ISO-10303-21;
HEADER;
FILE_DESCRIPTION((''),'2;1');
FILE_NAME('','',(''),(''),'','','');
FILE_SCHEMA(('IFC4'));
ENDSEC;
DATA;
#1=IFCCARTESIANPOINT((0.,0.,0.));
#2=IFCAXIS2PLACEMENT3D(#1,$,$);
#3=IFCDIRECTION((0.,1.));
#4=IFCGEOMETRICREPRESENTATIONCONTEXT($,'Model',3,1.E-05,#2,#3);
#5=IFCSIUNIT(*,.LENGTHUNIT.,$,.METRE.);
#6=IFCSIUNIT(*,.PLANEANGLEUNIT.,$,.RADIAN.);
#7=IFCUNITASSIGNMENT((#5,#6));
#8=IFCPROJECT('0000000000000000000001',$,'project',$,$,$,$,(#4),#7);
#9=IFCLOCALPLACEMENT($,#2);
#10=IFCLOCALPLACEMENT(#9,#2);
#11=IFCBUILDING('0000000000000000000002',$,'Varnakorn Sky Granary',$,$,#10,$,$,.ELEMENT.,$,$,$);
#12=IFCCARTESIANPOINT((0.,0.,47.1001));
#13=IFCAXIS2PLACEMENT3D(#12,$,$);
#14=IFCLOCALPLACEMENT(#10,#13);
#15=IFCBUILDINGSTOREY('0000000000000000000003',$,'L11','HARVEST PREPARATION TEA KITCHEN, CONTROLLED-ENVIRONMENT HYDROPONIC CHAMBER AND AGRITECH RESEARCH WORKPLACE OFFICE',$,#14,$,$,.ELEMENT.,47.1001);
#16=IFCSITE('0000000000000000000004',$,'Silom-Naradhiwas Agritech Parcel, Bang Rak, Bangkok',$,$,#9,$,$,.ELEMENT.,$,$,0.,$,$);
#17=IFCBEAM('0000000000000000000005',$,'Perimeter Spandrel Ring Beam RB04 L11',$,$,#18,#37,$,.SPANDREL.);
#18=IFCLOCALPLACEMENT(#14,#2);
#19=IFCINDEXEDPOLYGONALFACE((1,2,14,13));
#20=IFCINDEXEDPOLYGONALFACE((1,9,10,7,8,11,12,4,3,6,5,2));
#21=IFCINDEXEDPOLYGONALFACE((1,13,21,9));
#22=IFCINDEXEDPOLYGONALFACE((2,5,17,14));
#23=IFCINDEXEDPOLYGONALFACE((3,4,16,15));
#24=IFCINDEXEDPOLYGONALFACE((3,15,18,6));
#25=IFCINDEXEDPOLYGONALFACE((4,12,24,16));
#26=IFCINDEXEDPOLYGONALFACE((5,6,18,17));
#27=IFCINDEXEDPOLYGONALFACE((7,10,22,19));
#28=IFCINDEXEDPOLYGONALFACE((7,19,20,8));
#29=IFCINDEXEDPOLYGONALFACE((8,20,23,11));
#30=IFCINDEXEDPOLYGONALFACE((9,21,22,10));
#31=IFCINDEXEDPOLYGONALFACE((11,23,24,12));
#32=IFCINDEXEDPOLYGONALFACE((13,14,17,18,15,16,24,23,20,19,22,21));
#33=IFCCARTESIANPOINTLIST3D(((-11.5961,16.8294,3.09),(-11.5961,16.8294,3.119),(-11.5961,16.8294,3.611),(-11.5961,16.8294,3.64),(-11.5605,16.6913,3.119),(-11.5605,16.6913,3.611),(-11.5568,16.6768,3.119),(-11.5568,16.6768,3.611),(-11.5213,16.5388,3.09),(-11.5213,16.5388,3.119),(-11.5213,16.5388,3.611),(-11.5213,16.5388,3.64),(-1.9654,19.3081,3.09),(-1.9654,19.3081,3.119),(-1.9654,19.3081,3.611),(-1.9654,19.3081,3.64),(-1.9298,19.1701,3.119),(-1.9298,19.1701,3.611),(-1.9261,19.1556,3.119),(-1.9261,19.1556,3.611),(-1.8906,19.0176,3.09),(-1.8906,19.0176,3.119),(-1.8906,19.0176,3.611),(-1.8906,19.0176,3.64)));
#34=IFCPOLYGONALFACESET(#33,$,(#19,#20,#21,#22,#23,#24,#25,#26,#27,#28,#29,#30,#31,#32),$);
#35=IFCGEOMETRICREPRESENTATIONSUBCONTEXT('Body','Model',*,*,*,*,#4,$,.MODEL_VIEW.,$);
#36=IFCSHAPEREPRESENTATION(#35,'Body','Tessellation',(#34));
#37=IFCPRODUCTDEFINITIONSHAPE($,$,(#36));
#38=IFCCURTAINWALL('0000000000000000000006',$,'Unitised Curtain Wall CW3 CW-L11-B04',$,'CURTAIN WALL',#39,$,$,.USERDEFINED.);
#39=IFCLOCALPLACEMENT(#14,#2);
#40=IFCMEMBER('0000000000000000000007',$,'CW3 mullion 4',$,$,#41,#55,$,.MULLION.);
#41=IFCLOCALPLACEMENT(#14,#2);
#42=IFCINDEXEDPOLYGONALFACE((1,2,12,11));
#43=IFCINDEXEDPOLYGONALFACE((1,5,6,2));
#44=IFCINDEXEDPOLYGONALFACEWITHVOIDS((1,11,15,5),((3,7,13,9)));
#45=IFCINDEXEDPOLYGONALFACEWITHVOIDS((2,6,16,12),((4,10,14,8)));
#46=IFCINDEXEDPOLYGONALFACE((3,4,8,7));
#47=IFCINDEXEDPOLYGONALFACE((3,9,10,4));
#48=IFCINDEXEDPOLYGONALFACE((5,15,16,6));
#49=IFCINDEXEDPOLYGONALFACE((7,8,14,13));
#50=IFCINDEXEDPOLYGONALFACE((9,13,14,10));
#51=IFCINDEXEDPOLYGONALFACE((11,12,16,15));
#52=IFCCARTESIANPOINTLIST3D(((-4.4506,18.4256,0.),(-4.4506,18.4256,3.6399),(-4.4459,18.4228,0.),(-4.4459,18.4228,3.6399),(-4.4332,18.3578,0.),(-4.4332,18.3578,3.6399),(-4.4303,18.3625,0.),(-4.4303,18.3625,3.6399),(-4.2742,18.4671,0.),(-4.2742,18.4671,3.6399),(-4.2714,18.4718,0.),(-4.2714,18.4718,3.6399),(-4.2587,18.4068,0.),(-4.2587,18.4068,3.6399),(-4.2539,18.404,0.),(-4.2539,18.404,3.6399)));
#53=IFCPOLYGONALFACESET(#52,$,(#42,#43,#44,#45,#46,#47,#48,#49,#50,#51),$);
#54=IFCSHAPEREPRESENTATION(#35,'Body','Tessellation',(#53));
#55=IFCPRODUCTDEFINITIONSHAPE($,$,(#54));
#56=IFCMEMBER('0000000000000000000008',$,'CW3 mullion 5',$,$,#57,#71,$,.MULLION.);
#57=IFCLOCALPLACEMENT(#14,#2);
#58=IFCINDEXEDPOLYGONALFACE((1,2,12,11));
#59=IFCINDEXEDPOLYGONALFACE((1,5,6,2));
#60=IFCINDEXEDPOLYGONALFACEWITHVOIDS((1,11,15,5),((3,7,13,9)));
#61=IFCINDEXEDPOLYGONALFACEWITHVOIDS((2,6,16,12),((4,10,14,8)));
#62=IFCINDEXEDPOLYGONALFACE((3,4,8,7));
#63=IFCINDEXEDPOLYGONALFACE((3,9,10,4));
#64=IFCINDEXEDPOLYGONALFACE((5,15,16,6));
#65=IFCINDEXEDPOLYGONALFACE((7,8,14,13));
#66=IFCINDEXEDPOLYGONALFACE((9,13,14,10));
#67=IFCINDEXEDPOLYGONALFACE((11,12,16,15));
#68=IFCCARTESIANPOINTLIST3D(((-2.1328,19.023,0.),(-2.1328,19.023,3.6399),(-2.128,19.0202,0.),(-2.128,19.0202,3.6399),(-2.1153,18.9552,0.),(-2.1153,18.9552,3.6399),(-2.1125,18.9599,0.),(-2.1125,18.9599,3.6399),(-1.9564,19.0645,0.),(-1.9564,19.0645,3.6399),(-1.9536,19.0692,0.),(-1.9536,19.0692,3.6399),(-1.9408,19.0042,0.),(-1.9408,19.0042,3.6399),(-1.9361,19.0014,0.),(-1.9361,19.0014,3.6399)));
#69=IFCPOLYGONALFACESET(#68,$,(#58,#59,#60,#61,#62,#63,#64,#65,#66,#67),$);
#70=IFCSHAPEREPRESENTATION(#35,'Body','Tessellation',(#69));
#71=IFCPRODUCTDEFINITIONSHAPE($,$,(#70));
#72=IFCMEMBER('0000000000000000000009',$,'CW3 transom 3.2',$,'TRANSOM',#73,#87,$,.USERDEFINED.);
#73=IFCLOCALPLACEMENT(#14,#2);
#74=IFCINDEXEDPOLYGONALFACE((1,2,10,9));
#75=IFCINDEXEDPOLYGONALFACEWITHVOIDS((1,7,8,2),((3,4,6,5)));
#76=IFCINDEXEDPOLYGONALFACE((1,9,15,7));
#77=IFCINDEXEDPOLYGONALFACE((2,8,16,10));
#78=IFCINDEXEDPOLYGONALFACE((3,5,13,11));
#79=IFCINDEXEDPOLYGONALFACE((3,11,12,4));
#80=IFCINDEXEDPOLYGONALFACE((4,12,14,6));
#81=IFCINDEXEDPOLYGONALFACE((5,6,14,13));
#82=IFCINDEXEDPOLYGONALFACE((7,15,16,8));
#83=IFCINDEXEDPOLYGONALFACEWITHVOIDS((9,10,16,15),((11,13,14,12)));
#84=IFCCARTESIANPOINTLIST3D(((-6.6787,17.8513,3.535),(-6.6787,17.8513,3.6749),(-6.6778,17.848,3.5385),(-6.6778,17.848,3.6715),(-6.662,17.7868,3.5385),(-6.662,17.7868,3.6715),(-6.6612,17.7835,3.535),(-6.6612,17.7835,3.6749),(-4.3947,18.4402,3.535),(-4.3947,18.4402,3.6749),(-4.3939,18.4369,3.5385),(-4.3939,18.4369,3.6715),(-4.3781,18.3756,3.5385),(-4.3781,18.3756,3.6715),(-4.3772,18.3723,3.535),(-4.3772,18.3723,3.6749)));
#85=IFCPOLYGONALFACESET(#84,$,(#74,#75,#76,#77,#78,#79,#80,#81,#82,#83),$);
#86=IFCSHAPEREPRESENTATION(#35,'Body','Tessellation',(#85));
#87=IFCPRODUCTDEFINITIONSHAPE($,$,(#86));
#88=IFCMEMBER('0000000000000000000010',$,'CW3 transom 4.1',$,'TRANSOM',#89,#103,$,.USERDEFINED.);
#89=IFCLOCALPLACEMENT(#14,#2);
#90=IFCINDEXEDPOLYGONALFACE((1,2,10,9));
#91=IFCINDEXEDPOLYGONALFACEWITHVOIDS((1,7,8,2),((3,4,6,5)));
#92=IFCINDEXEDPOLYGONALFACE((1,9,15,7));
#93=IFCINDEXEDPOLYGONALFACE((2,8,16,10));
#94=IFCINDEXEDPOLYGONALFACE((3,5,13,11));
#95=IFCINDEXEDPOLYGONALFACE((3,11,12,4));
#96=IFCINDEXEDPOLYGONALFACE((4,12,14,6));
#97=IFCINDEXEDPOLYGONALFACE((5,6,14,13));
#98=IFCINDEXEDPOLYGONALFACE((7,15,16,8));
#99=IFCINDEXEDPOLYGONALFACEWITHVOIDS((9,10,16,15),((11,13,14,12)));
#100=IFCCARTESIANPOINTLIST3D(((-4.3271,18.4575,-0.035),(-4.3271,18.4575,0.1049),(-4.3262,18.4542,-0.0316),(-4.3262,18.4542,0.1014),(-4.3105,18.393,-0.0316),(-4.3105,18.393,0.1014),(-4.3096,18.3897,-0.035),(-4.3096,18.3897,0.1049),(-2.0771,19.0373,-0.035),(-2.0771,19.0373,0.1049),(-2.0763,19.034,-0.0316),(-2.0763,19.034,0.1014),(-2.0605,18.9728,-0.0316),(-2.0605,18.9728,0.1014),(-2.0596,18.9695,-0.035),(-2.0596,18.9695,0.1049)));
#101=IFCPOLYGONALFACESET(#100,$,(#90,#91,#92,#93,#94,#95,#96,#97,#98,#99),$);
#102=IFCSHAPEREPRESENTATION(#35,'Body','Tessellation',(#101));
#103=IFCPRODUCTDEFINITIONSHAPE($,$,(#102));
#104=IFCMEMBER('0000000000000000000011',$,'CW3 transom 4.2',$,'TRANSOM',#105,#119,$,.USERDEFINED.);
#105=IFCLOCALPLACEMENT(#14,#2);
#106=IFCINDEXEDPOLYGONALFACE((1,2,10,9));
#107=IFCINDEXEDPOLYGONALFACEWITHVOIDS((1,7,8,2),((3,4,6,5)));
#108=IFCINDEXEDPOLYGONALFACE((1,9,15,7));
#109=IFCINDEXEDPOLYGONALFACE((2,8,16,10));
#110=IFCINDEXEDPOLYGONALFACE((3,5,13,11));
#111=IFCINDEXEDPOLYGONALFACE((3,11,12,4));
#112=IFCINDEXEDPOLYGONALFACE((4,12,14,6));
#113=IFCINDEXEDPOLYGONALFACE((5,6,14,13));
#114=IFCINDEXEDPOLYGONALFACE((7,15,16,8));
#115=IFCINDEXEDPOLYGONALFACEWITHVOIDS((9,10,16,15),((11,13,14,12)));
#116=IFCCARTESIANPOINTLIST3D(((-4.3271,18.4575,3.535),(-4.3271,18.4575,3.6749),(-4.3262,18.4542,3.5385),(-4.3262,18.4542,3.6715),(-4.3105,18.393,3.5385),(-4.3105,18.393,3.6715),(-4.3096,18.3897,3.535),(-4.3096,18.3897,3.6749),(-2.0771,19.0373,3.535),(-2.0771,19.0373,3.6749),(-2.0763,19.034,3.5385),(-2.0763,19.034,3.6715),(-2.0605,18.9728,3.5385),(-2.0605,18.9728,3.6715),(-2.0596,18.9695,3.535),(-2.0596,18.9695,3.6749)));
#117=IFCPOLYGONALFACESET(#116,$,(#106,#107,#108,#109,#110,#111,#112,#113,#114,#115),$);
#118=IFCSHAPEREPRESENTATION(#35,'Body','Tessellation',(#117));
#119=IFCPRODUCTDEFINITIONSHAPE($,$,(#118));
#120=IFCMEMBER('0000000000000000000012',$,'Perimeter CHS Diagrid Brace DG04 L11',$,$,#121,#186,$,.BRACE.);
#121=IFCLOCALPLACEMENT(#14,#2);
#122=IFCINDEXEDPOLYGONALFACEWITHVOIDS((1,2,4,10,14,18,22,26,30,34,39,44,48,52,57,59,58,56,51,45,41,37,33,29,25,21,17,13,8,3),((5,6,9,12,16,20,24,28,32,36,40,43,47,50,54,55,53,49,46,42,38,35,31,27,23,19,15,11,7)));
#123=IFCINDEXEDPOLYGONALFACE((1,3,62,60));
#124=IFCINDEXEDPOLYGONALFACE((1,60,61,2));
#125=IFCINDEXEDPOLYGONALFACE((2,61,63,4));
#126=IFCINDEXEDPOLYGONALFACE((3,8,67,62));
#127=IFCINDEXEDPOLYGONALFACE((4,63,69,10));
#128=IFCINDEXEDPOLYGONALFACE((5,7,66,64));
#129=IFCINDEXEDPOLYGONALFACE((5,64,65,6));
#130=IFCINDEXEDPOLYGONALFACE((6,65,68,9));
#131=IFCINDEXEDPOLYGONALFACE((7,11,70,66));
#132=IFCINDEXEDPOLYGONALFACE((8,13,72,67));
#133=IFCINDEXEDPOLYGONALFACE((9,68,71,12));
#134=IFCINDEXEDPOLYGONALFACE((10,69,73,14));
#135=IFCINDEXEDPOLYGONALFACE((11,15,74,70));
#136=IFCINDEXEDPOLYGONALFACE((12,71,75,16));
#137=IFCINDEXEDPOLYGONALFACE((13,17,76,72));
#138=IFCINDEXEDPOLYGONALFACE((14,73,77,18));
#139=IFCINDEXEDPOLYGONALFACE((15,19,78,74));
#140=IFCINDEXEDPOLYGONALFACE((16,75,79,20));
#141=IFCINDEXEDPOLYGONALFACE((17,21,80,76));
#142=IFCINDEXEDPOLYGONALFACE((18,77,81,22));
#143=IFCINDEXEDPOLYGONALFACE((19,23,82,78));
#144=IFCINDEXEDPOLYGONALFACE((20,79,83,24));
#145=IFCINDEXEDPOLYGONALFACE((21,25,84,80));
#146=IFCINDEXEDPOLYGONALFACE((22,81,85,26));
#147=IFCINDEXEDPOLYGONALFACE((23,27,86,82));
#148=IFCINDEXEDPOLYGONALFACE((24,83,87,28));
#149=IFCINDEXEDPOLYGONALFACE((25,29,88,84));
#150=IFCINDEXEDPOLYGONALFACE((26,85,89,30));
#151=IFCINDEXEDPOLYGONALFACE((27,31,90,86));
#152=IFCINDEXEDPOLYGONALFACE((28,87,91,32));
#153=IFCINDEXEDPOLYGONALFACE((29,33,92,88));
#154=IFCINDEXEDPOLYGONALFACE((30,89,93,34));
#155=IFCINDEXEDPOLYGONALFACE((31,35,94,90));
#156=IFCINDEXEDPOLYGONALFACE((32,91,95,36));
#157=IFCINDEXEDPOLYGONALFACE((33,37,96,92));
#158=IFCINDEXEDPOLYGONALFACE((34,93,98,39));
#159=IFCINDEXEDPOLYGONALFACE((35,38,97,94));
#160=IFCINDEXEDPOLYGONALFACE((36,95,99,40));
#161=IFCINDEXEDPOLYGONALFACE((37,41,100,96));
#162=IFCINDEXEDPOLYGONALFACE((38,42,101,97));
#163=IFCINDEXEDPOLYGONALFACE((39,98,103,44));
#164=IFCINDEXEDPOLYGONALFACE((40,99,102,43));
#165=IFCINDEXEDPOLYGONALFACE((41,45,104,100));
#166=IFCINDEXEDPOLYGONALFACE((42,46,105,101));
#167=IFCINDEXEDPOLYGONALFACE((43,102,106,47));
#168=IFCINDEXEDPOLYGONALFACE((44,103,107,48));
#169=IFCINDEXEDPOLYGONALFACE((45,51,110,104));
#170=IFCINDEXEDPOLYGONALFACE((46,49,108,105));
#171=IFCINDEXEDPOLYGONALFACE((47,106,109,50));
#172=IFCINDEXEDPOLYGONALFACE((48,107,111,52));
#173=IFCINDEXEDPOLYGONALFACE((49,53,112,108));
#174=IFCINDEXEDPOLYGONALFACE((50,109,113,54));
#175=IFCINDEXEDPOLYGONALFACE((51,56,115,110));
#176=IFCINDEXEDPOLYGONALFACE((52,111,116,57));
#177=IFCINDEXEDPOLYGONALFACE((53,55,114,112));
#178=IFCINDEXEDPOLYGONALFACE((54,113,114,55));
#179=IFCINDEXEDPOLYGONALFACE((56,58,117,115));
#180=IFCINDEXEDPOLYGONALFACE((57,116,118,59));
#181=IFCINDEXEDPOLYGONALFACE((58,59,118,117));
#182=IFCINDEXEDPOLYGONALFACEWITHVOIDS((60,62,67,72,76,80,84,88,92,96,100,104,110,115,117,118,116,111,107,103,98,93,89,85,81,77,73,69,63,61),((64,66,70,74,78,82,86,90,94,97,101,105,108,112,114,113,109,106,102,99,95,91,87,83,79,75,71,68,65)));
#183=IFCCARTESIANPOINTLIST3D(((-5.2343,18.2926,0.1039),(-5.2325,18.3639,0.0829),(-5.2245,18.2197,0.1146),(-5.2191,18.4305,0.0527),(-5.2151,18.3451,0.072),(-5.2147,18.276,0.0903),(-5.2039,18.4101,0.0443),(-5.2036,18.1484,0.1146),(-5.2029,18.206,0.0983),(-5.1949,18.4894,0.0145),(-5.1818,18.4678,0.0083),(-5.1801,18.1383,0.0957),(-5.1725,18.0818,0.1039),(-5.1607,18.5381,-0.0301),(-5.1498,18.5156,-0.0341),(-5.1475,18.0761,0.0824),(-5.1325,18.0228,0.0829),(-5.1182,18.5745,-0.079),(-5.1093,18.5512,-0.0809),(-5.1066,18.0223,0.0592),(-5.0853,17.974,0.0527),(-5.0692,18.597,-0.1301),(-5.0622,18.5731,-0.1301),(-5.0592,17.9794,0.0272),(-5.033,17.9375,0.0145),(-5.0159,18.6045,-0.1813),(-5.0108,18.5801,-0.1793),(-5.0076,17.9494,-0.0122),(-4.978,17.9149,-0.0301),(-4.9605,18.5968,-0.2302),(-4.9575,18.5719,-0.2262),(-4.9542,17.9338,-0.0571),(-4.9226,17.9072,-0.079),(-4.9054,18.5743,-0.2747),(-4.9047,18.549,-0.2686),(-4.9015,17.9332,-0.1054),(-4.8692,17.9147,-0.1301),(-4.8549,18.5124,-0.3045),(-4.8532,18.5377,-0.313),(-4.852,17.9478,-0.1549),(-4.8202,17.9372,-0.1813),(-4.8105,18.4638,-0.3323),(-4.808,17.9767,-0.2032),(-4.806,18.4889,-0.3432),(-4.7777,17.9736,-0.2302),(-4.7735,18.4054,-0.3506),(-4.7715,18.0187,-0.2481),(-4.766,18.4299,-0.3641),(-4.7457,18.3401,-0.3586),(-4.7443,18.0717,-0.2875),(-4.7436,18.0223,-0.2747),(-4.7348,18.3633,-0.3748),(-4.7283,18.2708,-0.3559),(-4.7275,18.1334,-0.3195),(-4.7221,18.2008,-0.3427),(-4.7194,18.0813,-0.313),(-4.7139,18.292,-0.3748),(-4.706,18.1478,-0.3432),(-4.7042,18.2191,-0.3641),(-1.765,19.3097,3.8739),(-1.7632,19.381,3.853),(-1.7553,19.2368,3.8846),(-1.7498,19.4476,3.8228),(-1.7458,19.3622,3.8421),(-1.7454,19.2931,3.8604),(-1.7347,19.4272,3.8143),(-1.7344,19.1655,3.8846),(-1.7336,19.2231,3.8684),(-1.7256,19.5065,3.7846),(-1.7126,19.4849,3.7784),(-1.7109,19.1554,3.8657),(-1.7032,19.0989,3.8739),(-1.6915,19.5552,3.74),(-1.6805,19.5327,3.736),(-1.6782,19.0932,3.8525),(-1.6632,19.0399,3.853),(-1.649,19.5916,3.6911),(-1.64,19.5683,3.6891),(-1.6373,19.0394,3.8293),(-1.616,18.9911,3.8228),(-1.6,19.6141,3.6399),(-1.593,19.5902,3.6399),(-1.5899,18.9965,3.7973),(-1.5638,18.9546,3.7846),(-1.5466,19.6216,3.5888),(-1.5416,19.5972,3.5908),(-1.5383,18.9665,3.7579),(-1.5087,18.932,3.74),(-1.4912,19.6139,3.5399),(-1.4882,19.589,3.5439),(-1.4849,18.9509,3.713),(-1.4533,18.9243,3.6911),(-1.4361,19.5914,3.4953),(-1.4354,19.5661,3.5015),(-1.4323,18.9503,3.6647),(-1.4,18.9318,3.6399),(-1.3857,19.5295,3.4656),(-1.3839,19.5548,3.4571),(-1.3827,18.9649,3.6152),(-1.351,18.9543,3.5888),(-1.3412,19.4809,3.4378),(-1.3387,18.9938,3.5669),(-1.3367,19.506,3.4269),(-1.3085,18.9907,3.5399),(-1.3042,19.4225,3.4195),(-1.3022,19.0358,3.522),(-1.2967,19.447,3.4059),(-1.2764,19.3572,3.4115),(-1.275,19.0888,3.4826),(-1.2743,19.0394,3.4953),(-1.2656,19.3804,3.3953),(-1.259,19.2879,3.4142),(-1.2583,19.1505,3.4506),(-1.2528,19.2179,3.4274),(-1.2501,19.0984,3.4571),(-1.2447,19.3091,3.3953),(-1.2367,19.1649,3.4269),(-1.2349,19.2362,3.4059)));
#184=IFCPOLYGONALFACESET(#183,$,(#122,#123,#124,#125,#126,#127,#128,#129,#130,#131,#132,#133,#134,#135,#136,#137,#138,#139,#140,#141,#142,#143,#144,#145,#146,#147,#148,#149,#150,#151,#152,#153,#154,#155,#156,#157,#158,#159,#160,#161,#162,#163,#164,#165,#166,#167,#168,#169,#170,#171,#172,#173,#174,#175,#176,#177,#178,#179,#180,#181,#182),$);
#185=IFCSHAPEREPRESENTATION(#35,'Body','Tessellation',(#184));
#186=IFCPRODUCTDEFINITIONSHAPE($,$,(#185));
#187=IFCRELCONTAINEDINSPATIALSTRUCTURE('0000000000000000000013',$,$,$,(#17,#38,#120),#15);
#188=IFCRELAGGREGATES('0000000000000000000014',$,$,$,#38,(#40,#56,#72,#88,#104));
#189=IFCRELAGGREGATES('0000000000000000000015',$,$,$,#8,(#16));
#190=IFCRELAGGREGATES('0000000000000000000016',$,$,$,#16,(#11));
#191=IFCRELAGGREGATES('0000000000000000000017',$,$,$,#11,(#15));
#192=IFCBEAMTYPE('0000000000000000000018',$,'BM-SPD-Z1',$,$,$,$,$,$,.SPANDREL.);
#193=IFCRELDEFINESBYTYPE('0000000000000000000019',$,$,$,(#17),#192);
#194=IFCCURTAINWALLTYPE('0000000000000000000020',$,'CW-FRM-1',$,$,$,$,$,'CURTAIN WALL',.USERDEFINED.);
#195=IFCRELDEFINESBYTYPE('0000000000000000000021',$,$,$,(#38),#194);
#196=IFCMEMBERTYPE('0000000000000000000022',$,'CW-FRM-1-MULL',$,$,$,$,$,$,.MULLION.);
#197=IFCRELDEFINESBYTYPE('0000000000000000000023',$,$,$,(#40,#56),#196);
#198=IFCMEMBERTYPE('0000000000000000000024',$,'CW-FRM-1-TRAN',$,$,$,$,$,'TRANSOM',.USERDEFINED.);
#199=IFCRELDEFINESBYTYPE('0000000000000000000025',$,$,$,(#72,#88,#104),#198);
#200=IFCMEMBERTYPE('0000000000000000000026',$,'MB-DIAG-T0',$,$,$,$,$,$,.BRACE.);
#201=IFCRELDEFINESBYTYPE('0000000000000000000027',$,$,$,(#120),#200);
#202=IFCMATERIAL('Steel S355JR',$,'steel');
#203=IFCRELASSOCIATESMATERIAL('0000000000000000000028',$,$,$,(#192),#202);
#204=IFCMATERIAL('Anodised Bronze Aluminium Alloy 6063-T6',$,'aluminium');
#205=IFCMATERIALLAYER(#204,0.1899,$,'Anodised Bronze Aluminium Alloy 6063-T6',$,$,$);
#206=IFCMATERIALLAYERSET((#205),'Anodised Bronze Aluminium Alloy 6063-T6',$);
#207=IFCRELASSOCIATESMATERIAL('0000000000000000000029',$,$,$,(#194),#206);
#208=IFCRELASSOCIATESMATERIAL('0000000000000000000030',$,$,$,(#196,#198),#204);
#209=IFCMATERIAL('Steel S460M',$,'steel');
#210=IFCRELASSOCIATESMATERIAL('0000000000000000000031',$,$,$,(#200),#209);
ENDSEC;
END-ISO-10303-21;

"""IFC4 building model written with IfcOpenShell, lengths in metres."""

from ifc_helpers import new_model, si_unit, direction, frame, origin, origin_2d, place, context, subcontext, project, spatial, hollow_rectangle, hollow_circle, i_section, extrude, material, layer, layer_set, material_profile, profile_set, type_object, element, aggregate, save


model = new_model("IFC4")

# Units and contexts
model_context = context("Model", 3, precision=1e-05, world=origin(), true_north=direction((0.0, 1.0)))
body_context = subcontext(model_context, "Body", "Model", "MODEL_VIEW")
ifc_project = project(units=[si_unit("LENGTHUNIT", "METRE"), si_unit("PLANEANGLEUNIT", "RADIAN")], contexts=[model_context])

# Site, building, storey
site_placement = place(None, origin())
site = spatial("IfcSite", under=ifc_project, at=site_placement, Name="Silom-Naradhiwas Agritech Parcel, Bang Rak, Bangkok", CompositionType="ELEMENT", RefElevation=0.0)
building_placement = place(site_placement, origin())
building = spatial("IfcBuilding", under=site, at=building_placement, Name="Varnakorn Sky Granary", CompositionType="ELEMENT")
storey_placement = place(building_placement, frame((0.0, 0.0, 47.1001)))
storey = spatial("IfcBuildingStorey", under=building, at=storey_placement, Name="L11", Description="HARVEST PREPARATION TEA KITCHEN, CONTROLLED-ENVIRONMENT HYDROPONIC CHAMBER AND AGRITECH RESEARCH WORKPLACE OFFICE", CompositionType="ELEMENT", Elevation=47.1001)

# Shared definitions
ifc_material_1 = material(Name="Steel S460M", Category="steel")

# Beam
ifc_material_2 = material(Name="Steel S355JR", Category="steel")
ifc_material_profile_1 = material_profile(ifc_material_2, i_section(OverallWidth=0.3, OverallDepth=0.55, WebThickness=0.0149, FlangeThickness=0.0291, at=origin_2d()), Name="HE 550 B")
ifc_profile_set_1 = profile_set([ifc_material_profile_1], Name="Steel S355JR")
beam_type_1 = type_object("IfcBeamType", Name="BM-SPD-Z1", PredefinedType="SPANDREL", material=ifc_profile_set_1)
beam_1_placement = place(storey_placement, frame((-1.928, 19.1628, 3.365), z_axis=(-0.968437, -0.249259, 0.0), x_axis=(0.249259, -0.968437, 0.0)))
element("IfcBeam", 1, at=beam_1_placement, inside=storey, type_object=beam_type_1, Name="Perimeter Spandrel Ring Beam RB04 L11", PredefinedType="SPANDREL", context=body_context, shape_type="SweptSolid", body=[
    extrude(i_section(OverallWidth=0.3, OverallDepth=0.55, WebThickness=0.0149, FlangeThickness=0.0291, at=origin_2d()), origin(), (0.0, 0.0, 1.0), 9.9446),
])

# Curtain wall, members
ifc_material_3 = material(Name="Anodised Bronze Aluminium Alloy 6063-T6", Category="aluminium")
ifc_layer_1 = layer(ifc_material_3, 0.1899, Name="Anodised Bronze Aluminium Alloy 6063-T6")
ifc_layer_set_1 = layer_set([ifc_layer_1], Name="Anodised Bronze Aluminium Alloy 6063-T6")
curtain_wall_type = type_object("IfcCurtainWallType", Name="CW-FRM-1", ElementType="CURTAIN WALL", PredefinedType="USERDEFINED", material=ifc_layer_set_1)
curtain_wall_placement = place(storey_placement, origin())
curtain_wall = element("IfcCurtainWall", 2, at=curtain_wall_placement, inside=storey, type_object=curtain_wall_type, Name="Unitised Curtain Wall CW3 CW-L11-B04", ObjectType="CURTAIN WALL", PredefinedType="USERDEFINED")
ifc_material_profile_2 = material_profile(ifc_material_3, hollow_rectangle(XDim=0.0701, YDim=0.1851, WallThickness=0.0039, at=origin_2d()), Name="ALU MULL 70x185")
ifc_profile_set_2 = profile_set([ifc_material_profile_2], Name="Anodised Bronze Aluminium Alloy 6063-T6")
member_type_1 = type_object("IfcMemberType", Name="CW-FRM-1-MULL", PredefinedType="MULLION", material=ifc_profile_set_2)
member_1_placement = place(storey_placement, frame((-4.3523, 18.4148, 0.0), z_axis=(0.0, 0.0, 1.0), x_axis=(-0.249595, 0.96835, 0.0)))
member_1 = element("IfcMember", 3, at=member_1_placement, type_object=member_type_1, Name="CW3 mullion 4", PredefinedType="MULLION", context=body_context, shape_type="SweptSolid", body=[
    extrude(hollow_rectangle(XDim=0.0701, YDim=0.1851, WallThickness=0.0039, at=origin_2d()), origin(), (0.0, 0.0, 1.0), 3.6399),
])
member_2_placement = place(storey_placement, frame((-2.0344, 19.0122, 0.0), z_axis=(0.0, 0.0, 1.0), x_axis=(-0.249595, 0.96835, 0.0)))
member_2 = element("IfcMember", 4, at=member_2_placement, type_object=member_type_1, Name="CW3 mullion 5", PredefinedType="MULLION", context=body_context, shape_type="SweptSolid", body=[
    extrude(hollow_rectangle(XDim=0.0701, YDim=0.1851, WallThickness=0.0039, at=origin_2d()), origin(), (0.0, 0.0, 1.0), 3.6399),
])
ifc_material_profile_3 = material_profile(ifc_material_3, hollow_rectangle(XDim=0.0701, YDim=0.1399, WallThickness=0.0034, at=origin_2d()), Name="ALU TRAN 70x140")
ifc_profile_set_3 = profile_set([ifc_material_profile_3], Name="Anodised Bronze Aluminium Alloy 6063-T6")
member_type_2 = type_object("IfcMemberType", Name="CW-FRM-1-TRAN", ElementType="TRANSOM", PredefinedType="USERDEFINED", material=ifc_profile_set_3)
member_3_placement = place(storey_placement, frame((-6.6699, 17.8174, 3.605), z_axis=(0.968332, 0.249665, 0.0), x_axis=(-0.249665, 0.968332, 0.0)))
member_3 = element("IfcMember", 5, at=member_3_placement, type_object=member_type_2, Name="CW3 transom 3.2", ObjectType="TRANSOM", PredefinedType="USERDEFINED", context=body_context, shape_type="SweptSolid", body=[
    extrude(hollow_rectangle(XDim=0.0701, YDim=0.1399, WallThickness=0.0034, at=origin_2d()), origin(), (0.0, 0.0, 1.0), 2.3586),
])
member_4_placement = place(storey_placement, frame((-4.3184, 18.4236, 0.0349), z_axis=(0.968362, 0.249551, 0.0), x_axis=(-0.249551, 0.968362, 0.0)))
member_4 = element("IfcMember", 6, at=member_4_placement, type_object=member_type_2, Name="CW3 transom 4.1", ObjectType="TRANSOM", PredefinedType="USERDEFINED", context=body_context, shape_type="SweptSolid", body=[
    extrude(hollow_rectangle(XDim=0.0701, YDim=0.1399, WallThickness=0.0034, at=origin_2d()), origin(), (0.0, 0.0, 1.0), 2.3235),
])
member_5_placement = place(storey_placement, frame((-4.3184, 18.4236, 3.605), z_axis=(0.968362, 0.249551, 0.0), x_axis=(-0.249551, 0.968362, 0.0)))
member_5 = element("IfcMember", 7, at=member_5_placement, type_object=member_type_2, Name="CW3 transom 4.2", ObjectType="TRANSOM", PredefinedType="USERDEFINED", context=body_context, shape_type="SweptSolid", body=[
    extrude(hollow_rectangle(XDim=0.0701, YDim=0.1399, WallThickness=0.0034, at=origin_2d()), origin(), (0.0, 0.0, 1.0), 2.3235),
])

# Member
ifc_material_profile_4 = material_profile(ifc_material_1, hollow_circle(Radius=0.3555, WallThickness=0.0249, at=origin_2d()), Name="CHS 711x25")
ifc_profile_set_4 = profile_set([ifc_material_profile_4], Name="Steel S460M")
member_type_3 = type_object("IfcMemberType", Name="MB-DIAG-T0", PredefinedType="BRACE", material=ifc_profile_set_4)
member_6_placement = place(storey_placement, frame((-4.9692, 18.2559, -0.1301), z_axis=(0.664182, 0.194721, 0.721766), x_axis=(-0.281333, 0.95961, 0.0)))
element("IfcMember", 8, at=member_6_placement, inside=storey, type_object=member_type_3, Name="Perimeter CHS Diagrid Brace DG04 L11", PredefinedType="BRACE", context=body_context, shape_type="SweptSolid", body=[
    extrude(hollow_circle(Radius=0.3555, WallThickness=0.0249, at=origin_2d()), origin(), (0.0, 0.0, 1.0), 5.2234),
])

aggregate(curtain_wall, [member_1, member_2, member_3, member_4, member_5])

save(model, "model.ifc")
